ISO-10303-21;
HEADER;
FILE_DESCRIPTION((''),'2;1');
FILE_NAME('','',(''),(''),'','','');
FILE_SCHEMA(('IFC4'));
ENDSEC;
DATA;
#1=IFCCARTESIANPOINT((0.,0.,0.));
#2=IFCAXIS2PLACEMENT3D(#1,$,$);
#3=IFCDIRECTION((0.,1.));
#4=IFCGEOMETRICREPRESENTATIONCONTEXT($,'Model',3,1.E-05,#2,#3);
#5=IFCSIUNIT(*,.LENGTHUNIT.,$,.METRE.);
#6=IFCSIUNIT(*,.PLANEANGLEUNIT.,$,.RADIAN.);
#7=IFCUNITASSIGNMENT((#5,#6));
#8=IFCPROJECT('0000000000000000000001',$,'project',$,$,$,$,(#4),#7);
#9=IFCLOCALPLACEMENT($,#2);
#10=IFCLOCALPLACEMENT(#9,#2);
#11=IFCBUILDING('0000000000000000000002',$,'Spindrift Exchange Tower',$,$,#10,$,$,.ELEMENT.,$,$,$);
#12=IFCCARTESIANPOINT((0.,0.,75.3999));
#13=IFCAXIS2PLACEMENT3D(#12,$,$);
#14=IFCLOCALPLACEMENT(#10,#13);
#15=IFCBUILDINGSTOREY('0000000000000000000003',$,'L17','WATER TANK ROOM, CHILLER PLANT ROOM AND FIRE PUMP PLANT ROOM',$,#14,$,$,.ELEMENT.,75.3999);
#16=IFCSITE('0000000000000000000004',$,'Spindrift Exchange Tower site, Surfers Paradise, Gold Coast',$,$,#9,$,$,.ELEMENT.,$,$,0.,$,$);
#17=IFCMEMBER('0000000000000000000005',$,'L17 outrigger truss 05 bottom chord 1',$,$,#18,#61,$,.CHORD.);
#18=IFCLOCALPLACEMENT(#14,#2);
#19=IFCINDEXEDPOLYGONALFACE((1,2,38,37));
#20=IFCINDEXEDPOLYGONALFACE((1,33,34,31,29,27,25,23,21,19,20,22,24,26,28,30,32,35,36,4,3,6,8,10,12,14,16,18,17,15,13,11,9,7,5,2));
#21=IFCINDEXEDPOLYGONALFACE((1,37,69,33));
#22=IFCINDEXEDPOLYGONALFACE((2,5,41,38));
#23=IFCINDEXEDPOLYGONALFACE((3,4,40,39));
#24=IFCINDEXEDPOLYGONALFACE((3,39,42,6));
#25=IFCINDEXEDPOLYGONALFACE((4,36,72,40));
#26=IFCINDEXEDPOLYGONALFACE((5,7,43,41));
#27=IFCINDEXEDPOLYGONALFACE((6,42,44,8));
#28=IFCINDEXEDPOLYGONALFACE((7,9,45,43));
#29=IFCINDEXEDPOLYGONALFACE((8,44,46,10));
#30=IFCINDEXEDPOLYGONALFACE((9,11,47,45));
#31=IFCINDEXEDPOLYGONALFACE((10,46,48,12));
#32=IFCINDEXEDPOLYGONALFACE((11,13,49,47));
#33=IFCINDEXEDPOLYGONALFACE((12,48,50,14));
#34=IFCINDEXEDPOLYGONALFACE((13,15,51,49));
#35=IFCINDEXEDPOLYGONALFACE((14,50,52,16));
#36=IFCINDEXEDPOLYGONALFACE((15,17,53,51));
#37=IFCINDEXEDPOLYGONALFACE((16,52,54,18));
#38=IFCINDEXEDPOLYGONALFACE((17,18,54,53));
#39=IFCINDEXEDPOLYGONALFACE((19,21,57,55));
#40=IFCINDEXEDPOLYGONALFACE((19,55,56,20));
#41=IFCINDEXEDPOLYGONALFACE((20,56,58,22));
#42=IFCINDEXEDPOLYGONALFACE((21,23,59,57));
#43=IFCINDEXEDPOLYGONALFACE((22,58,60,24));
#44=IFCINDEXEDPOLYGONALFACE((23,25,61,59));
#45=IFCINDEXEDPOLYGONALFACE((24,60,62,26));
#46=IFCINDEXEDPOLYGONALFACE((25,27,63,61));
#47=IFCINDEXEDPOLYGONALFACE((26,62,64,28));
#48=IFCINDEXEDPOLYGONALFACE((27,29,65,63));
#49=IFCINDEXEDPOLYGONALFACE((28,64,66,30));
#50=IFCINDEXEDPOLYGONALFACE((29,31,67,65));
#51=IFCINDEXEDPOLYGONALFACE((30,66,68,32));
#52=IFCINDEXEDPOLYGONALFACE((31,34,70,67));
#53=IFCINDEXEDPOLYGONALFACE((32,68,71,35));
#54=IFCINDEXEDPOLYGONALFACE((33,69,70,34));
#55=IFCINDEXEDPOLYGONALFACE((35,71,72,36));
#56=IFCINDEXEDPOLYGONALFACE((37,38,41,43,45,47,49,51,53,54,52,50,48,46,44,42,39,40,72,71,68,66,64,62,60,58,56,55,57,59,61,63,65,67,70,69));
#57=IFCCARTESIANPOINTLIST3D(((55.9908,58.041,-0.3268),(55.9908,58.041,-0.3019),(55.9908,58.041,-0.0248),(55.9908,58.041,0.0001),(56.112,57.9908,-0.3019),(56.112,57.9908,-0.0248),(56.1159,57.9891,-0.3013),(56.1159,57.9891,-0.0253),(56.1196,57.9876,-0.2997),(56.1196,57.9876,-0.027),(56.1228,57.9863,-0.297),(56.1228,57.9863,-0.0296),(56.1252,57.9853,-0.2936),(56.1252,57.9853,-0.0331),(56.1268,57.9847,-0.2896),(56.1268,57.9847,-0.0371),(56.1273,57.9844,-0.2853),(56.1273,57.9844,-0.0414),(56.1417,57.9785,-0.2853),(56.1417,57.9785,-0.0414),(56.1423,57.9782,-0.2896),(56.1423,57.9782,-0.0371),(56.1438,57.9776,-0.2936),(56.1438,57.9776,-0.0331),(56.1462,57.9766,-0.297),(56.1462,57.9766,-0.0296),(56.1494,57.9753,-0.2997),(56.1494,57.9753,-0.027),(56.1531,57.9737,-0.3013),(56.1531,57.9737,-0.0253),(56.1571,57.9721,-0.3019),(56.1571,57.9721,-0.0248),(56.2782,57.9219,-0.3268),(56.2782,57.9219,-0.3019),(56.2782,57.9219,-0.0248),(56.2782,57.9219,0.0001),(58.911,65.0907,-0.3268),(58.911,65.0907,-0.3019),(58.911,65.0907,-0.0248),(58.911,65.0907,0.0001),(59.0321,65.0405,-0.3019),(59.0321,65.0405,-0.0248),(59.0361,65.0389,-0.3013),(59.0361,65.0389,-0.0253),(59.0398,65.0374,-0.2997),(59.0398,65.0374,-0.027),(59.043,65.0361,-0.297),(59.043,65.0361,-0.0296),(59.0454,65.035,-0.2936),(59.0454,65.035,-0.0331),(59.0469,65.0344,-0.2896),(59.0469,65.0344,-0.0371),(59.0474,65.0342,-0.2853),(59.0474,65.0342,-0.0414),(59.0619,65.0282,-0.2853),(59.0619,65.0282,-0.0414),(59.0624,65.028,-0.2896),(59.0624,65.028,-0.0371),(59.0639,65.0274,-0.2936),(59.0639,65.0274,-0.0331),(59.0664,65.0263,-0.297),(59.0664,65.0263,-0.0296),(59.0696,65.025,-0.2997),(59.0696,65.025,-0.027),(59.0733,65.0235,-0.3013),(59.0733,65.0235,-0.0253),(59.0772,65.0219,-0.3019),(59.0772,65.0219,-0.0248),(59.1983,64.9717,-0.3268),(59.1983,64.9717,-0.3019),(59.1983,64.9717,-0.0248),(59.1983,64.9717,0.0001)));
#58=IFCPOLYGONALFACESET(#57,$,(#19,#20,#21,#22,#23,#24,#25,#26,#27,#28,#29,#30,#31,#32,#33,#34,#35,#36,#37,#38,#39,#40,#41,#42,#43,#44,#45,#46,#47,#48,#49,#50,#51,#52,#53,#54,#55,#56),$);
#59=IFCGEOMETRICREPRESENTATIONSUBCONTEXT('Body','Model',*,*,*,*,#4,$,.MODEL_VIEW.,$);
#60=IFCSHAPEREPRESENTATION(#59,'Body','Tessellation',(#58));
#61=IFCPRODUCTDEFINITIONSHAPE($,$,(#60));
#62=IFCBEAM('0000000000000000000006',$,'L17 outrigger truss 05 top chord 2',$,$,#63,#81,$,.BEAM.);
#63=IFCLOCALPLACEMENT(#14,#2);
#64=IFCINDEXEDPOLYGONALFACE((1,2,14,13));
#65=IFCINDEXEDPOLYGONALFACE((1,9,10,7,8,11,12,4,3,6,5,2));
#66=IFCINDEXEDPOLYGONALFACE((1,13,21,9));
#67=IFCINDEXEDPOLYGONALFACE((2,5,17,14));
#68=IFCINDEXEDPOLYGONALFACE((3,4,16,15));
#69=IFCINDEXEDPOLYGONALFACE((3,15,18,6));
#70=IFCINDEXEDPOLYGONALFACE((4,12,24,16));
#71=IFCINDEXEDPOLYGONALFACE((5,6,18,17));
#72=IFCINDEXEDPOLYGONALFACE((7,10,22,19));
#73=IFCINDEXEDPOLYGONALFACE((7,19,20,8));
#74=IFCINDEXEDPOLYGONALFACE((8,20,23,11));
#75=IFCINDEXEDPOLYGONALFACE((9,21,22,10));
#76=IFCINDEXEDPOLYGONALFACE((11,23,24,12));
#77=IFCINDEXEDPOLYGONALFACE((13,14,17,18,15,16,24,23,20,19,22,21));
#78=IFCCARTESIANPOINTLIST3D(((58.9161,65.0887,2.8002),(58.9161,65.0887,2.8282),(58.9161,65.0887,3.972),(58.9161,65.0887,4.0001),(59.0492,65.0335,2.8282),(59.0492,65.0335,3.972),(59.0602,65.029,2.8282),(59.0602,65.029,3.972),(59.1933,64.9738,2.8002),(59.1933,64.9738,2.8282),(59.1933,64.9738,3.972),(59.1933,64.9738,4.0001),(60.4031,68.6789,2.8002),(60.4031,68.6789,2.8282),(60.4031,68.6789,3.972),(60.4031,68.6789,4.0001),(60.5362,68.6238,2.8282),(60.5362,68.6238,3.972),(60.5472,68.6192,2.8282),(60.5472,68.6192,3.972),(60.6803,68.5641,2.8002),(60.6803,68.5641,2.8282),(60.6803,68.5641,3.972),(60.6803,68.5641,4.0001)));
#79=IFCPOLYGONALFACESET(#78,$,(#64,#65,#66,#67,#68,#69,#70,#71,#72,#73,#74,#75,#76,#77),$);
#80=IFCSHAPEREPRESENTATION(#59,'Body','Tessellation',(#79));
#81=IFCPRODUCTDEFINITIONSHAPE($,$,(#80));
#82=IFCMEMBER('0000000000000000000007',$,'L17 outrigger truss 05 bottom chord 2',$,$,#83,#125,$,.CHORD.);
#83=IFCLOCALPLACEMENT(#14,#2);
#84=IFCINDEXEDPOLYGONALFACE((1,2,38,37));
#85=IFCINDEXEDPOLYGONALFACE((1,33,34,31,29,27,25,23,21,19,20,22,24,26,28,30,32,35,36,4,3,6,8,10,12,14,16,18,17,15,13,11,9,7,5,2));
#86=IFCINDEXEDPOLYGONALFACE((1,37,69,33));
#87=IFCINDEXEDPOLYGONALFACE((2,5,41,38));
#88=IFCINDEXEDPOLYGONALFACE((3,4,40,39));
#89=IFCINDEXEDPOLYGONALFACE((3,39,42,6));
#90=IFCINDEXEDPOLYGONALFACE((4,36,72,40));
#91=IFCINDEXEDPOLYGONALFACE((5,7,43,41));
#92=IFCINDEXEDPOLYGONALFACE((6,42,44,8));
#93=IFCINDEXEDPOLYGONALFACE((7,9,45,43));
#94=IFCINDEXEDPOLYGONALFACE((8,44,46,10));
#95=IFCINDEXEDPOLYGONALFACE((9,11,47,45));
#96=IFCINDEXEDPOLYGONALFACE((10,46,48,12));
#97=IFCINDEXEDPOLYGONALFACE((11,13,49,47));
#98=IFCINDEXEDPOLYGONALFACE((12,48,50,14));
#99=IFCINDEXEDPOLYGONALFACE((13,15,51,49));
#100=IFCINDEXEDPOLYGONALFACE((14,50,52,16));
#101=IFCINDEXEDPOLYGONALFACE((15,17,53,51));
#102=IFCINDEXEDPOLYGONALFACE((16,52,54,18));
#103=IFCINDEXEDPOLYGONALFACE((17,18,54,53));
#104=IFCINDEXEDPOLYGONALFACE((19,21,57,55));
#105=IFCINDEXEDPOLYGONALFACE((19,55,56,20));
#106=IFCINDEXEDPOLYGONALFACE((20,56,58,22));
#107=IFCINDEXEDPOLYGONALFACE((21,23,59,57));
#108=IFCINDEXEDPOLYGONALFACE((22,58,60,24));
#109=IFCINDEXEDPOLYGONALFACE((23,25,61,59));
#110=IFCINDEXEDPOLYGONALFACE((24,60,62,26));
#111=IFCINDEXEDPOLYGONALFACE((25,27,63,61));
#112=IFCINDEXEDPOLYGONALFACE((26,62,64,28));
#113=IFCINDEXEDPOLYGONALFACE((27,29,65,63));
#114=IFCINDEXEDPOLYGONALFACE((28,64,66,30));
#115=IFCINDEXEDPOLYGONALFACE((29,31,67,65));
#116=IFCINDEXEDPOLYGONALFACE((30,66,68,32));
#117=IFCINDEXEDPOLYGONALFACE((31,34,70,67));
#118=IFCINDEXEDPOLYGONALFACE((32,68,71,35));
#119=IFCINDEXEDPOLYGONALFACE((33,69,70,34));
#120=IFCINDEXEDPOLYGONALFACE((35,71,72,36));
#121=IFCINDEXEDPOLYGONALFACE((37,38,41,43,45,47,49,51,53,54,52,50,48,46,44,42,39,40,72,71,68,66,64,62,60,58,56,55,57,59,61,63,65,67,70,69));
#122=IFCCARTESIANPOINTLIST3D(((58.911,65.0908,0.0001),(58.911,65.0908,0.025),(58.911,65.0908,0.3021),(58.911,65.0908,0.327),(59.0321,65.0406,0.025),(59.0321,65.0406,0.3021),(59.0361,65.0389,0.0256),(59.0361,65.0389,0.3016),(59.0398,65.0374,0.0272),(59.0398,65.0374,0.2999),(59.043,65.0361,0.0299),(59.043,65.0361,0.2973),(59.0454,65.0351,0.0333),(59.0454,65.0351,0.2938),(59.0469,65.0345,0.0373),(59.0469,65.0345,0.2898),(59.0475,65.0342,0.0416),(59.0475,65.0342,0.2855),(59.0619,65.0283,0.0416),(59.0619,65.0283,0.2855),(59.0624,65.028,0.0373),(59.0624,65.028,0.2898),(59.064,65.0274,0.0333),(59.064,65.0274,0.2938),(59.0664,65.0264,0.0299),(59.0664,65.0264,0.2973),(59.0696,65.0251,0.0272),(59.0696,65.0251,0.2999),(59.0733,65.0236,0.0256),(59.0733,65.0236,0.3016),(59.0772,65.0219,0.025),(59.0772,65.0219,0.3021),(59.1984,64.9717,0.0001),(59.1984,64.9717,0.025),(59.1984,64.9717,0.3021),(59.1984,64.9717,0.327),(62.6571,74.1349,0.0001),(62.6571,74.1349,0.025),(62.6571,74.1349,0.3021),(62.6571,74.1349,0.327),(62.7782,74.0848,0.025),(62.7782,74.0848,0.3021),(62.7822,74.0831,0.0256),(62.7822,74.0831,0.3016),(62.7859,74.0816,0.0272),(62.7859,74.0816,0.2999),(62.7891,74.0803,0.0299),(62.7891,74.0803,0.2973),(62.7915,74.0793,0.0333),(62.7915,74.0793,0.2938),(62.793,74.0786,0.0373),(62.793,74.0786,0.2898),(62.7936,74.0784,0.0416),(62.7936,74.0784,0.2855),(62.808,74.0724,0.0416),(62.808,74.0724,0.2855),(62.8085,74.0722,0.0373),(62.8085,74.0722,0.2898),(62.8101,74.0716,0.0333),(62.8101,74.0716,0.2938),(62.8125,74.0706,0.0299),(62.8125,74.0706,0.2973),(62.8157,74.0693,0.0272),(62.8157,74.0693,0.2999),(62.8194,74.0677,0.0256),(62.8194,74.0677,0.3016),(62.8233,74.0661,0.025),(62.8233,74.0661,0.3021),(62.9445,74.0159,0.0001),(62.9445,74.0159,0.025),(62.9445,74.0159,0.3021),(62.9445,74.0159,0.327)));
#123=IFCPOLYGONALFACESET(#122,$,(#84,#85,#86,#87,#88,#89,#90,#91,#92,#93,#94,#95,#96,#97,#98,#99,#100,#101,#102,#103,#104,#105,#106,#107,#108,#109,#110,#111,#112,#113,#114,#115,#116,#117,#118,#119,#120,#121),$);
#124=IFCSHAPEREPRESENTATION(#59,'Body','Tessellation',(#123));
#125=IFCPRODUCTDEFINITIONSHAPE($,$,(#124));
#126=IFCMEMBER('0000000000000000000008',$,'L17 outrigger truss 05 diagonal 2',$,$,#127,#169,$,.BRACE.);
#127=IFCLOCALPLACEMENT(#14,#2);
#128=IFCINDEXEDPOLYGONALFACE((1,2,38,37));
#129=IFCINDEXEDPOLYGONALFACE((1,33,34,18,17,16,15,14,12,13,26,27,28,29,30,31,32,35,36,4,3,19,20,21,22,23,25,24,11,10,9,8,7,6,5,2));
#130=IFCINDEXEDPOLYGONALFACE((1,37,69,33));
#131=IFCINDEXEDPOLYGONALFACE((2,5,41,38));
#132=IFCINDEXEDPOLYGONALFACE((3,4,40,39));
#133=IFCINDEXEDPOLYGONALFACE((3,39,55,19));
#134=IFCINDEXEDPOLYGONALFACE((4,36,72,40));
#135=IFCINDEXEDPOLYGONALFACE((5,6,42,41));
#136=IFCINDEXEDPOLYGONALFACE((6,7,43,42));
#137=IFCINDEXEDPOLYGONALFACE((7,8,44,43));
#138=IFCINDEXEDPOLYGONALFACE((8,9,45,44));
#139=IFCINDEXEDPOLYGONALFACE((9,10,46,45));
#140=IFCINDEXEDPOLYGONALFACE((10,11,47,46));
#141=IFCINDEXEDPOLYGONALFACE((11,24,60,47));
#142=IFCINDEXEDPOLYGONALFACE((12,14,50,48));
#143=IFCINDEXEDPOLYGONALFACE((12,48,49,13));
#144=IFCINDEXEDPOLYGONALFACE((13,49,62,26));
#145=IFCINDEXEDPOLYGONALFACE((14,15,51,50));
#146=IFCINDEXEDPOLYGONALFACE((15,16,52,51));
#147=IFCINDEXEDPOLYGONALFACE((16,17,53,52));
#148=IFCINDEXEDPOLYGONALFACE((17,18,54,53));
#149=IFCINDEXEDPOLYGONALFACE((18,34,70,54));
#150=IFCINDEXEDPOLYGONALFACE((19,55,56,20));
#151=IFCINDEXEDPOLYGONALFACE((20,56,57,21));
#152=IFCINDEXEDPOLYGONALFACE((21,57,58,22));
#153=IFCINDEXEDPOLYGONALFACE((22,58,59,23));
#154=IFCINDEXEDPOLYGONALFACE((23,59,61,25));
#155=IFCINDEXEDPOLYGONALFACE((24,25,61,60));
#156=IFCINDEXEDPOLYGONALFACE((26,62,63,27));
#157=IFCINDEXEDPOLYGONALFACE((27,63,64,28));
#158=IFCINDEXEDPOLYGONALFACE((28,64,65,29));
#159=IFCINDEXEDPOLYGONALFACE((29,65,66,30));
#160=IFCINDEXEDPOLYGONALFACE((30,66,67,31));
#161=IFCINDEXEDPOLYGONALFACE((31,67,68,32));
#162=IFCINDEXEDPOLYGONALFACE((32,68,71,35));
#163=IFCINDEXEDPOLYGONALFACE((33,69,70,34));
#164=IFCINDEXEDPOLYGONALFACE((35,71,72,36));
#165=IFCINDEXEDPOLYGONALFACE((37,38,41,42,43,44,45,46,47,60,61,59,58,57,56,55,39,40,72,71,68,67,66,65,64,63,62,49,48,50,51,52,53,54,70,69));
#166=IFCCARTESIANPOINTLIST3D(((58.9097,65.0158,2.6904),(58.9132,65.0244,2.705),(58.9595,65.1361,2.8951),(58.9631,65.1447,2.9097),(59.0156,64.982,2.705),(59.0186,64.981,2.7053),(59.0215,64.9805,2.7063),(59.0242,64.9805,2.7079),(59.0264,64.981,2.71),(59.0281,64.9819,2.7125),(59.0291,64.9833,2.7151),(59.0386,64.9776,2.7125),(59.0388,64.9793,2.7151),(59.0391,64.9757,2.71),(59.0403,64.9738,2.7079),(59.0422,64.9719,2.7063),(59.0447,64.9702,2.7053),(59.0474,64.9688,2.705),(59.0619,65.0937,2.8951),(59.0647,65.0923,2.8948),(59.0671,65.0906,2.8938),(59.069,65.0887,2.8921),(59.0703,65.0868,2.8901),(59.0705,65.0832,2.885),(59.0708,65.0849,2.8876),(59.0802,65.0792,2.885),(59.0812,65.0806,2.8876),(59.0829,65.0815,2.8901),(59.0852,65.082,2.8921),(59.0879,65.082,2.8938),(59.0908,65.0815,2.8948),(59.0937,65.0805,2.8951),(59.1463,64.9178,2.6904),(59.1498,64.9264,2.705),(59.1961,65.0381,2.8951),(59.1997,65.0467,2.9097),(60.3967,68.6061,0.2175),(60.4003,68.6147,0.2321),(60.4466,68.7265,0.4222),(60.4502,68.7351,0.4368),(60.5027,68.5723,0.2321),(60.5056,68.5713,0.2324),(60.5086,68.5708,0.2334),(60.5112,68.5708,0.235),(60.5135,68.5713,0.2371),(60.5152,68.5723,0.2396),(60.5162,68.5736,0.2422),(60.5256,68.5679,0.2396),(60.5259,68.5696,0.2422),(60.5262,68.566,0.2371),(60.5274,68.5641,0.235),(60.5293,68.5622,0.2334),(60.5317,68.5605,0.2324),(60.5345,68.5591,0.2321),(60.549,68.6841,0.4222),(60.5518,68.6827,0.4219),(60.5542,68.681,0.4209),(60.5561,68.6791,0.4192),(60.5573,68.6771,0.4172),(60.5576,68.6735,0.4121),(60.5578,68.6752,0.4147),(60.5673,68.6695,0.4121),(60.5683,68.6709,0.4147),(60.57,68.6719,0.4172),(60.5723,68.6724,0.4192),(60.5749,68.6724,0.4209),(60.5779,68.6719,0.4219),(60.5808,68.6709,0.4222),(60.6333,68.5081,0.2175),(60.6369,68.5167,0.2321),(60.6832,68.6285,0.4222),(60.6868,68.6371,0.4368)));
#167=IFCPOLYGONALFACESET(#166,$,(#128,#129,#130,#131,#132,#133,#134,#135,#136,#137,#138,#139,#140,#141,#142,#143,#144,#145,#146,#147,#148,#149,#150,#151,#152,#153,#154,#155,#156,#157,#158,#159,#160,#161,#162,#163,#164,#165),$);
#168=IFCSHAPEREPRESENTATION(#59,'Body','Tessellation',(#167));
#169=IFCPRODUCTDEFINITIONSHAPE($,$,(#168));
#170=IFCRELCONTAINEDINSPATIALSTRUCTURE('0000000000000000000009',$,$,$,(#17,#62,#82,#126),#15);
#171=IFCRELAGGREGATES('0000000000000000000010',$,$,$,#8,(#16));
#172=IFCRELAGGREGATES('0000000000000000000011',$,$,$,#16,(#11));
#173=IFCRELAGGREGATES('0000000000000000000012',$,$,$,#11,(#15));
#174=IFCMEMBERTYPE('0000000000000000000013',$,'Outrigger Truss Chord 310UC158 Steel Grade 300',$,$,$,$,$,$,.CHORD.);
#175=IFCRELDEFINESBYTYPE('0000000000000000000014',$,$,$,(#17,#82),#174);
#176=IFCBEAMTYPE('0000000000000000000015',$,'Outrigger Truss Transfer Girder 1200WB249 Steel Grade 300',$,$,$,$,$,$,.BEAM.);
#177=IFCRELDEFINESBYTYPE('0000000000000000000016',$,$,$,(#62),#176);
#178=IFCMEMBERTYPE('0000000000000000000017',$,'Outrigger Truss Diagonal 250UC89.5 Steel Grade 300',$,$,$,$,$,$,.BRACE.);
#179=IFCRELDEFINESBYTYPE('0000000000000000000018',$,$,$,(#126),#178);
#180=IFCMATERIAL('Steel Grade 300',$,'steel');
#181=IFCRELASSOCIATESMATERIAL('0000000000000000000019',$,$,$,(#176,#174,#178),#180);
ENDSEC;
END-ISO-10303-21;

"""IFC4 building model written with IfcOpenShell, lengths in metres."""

from ifc_helpers import new_model, si_unit, direction, frame, origin, origin_2d, place, context, subcontext, project, spatial, i_section, extrude, source, transform, mapped, material, material_profile, profile_set, type_object, element, save


model = new_model("IFC4")

# Units and contexts
model_context = context("Model", 3, precision=1e-05, world=origin(), true_north=direction((0.0, 1.0)))
body_context = subcontext(model_context, "Body", "Model", "MODEL_VIEW")
ifc_project = project(units=[si_unit("LENGTHUNIT", "METRE"), si_unit("PLANEANGLEUNIT", "RADIAN")], contexts=[model_context])

# Site, building, storey
site_placement = place(None, origin())
site = spatial("IfcSite", under=ifc_project, at=site_placement, Name="Spindrift Exchange Tower site, Surfers Paradise, Gold Coast", CompositionType="ELEMENT", RefElevation=0.0)
building_placement = place(site_placement, origin())
building = spatial("IfcBuilding", under=site, at=building_placement, Name="Spindrift Exchange Tower", CompositionType="ELEMENT")
storey_placement = place(building_placement, frame((0.0, 0.0, 75.3999)))
storey = spatial("IfcBuildingStorey", under=building, at=storey_placement, Name="L17", Description="WATER TANK ROOM, CHILLER PLANT ROOM AND FIRE PUMP PLANT ROOM", CompositionType="ELEMENT", Elevation=75.3999)

# Shared definitions
ifc_material_1 = material(Name="Steel Grade 300", Category="steel")
ifc_material_profile_1 = material_profile(ifc_material_1, i_section(OverallWidth=0.3, OverallDepth=1.2, WebThickness=0.012, FlangeThickness=0.0281, at=origin_2d()), Name="1200WB249")
ifc_profile_set_1 = profile_set([ifc_material_profile_1], Name="Steel Grade 300")
beam_type = type_object("IfcBeamType", Name="Outrigger Truss Transfer Girder 1200WB249 Steel Grade 300", PredefinedType="BEAM", material=ifc_profile_set_1)

# Shared definitions
ifc_material_profile_2 = material_profile(ifc_material_1, i_section(OverallWidth=0.311, OverallDepth=0.3269, WebThickness=0.0156, FlangeThickness=0.0249, FilletRadius=0.0166, at=origin_2d()), Name="310UC158")
ifc_profile_set_2 = profile_set([ifc_material_profile_2], Name="Steel Grade 300")
member_type_1 = type_object("IfcMemberType", Name="Outrigger Truss Chord 310UC158 Steel Grade 300", PredefinedType="CHORD", material=ifc_profile_set_2)

# Member
shared_shape_1 = source(origin(), body_context, "Body", "SweptSolid", [
    extrude(i_section(OverallWidth=0.311, OverallDepth=0.3269, WebThickness=0.0156, FlangeThickness=0.0249, FilletRadius=0.0166, at=origin_2d()), origin(), (0.0, 0.0, 1.0), 7.6306),
])
member_1_placement = place(storey_placement, frame((56.1345, 57.9814, -0.1633), z_axis=(0.382688, 0.923878, 0.0), x_axis=(-0.923878, 0.382688, 0.0)))
element("IfcMember", 1, at=member_1_placement, inside=storey, type_object=member_type_1, Name="L17 outrigger truss 05 bottom chord 1", PredefinedType="CHORD", context=body_context, shape_type="MappedRepresentation", body=[
    mapped(shared_shape_1, transform((0.0, 0.0, 0.0), scale=1.0)),
])

# Beam
shared_shape_2 = source(origin(), body_context, "Body", "SweptSolid", [
    extrude(i_section(OverallWidth=0.3, OverallDepth=1.2, WebThickness=0.012, FlangeThickness=0.0281, at=origin_2d()), origin(), (0.0, 0.0, 1.0), 3.886),
])
beam_1_placement = place(storey_placement, frame((59.0547, 65.0312, 3.4001), z_axis=(0.382661, 0.923889, 0.0), x_axis=(-0.923889, 0.382661, 0.0)))
element("IfcBeam", 2, at=beam_1_placement, inside=storey, type_object=beam_type, Name="L17 outrigger truss 05 top chord 2", PredefinedType="BEAM", context=body_context, shape_type="MappedRepresentation", body=[
    mapped(shared_shape_2, transform((0.0, 0.0, 0.0), scale=1.0)),
])

# Members
shared_shape_3 = source(origin(), body_context, "Body", "SweptSolid", [
    extrude(i_section(OverallWidth=0.311, OverallDepth=0.3269, WebThickness=0.0156, FlangeThickness=0.0249, FilletRadius=0.0166, at=origin_2d()), origin(), (0.0, 0.0, 1.0), 9.7893),
])
member_2_placement = place(storey_placement, frame((59.0547, 65.0312, 0.1636), z_axis=(0.382672, 0.923884, 0.0), x_axis=(-0.923884, 0.382672, 0.0)))
element("IfcMember", 3, at=member_2_placement, inside=storey, type_object=member_type_1, Name="L17 outrigger truss 05 bottom chord 2", PredefinedType="CHORD", context=body_context, shape_type="MappedRepresentation", body=[
    mapped(shared_shape_3, transform((0.0, 0.0, 0.0), scale=1.0)),
])
ifc_material_profile_3 = material_profile(ifc_material_1, i_section(OverallWidth=0.2561, OverallDepth=0.26, WebThickness=0.0105, FlangeThickness=0.0173, FilletRadius=0.012, at=origin_2d()), Name="250UC89.5")
ifc_profile_set_3 = profile_set([ifc_material_profile_3], Name="Steel Grade 300")
member_type_2 = type_object("IfcMemberType", Name="Outrigger Truss Diagonal 250UC89.5 Steel Grade 300", PredefinedType="BRACE", material=ifc_profile_set_3)
shared_shape_4 = source(origin(), body_context, "Body", "SweptSolid", [
    extrude(i_section(OverallWidth=0.2561, OverallDepth=0.26, WebThickness=0.0105, FlangeThickness=0.0173, FilletRadius=0.012, at=origin_2d()), origin(), (0.0, 0.0, 1.0), 4.6062),
])
member_3_placement = place(storey_placement, frame((59.0547, 65.0312, 2.8), z_axis=(0.322839, 0.779457, -0.536864), x_axis=(-0.923889, 0.382661, 0.0)))
element("IfcMember", 4, at=member_3_placement, inside=storey, type_object=member_type_2, Name="L17 outrigger truss 05 diagonal 2", PredefinedType="BRACE", context=body_context, shape_type="MappedRepresentation", body=[
    mapped(shared_shape_4, transform((0.0, 0.0, 0.0), scale=1.0)),
])

save(model, "model.ifc")
